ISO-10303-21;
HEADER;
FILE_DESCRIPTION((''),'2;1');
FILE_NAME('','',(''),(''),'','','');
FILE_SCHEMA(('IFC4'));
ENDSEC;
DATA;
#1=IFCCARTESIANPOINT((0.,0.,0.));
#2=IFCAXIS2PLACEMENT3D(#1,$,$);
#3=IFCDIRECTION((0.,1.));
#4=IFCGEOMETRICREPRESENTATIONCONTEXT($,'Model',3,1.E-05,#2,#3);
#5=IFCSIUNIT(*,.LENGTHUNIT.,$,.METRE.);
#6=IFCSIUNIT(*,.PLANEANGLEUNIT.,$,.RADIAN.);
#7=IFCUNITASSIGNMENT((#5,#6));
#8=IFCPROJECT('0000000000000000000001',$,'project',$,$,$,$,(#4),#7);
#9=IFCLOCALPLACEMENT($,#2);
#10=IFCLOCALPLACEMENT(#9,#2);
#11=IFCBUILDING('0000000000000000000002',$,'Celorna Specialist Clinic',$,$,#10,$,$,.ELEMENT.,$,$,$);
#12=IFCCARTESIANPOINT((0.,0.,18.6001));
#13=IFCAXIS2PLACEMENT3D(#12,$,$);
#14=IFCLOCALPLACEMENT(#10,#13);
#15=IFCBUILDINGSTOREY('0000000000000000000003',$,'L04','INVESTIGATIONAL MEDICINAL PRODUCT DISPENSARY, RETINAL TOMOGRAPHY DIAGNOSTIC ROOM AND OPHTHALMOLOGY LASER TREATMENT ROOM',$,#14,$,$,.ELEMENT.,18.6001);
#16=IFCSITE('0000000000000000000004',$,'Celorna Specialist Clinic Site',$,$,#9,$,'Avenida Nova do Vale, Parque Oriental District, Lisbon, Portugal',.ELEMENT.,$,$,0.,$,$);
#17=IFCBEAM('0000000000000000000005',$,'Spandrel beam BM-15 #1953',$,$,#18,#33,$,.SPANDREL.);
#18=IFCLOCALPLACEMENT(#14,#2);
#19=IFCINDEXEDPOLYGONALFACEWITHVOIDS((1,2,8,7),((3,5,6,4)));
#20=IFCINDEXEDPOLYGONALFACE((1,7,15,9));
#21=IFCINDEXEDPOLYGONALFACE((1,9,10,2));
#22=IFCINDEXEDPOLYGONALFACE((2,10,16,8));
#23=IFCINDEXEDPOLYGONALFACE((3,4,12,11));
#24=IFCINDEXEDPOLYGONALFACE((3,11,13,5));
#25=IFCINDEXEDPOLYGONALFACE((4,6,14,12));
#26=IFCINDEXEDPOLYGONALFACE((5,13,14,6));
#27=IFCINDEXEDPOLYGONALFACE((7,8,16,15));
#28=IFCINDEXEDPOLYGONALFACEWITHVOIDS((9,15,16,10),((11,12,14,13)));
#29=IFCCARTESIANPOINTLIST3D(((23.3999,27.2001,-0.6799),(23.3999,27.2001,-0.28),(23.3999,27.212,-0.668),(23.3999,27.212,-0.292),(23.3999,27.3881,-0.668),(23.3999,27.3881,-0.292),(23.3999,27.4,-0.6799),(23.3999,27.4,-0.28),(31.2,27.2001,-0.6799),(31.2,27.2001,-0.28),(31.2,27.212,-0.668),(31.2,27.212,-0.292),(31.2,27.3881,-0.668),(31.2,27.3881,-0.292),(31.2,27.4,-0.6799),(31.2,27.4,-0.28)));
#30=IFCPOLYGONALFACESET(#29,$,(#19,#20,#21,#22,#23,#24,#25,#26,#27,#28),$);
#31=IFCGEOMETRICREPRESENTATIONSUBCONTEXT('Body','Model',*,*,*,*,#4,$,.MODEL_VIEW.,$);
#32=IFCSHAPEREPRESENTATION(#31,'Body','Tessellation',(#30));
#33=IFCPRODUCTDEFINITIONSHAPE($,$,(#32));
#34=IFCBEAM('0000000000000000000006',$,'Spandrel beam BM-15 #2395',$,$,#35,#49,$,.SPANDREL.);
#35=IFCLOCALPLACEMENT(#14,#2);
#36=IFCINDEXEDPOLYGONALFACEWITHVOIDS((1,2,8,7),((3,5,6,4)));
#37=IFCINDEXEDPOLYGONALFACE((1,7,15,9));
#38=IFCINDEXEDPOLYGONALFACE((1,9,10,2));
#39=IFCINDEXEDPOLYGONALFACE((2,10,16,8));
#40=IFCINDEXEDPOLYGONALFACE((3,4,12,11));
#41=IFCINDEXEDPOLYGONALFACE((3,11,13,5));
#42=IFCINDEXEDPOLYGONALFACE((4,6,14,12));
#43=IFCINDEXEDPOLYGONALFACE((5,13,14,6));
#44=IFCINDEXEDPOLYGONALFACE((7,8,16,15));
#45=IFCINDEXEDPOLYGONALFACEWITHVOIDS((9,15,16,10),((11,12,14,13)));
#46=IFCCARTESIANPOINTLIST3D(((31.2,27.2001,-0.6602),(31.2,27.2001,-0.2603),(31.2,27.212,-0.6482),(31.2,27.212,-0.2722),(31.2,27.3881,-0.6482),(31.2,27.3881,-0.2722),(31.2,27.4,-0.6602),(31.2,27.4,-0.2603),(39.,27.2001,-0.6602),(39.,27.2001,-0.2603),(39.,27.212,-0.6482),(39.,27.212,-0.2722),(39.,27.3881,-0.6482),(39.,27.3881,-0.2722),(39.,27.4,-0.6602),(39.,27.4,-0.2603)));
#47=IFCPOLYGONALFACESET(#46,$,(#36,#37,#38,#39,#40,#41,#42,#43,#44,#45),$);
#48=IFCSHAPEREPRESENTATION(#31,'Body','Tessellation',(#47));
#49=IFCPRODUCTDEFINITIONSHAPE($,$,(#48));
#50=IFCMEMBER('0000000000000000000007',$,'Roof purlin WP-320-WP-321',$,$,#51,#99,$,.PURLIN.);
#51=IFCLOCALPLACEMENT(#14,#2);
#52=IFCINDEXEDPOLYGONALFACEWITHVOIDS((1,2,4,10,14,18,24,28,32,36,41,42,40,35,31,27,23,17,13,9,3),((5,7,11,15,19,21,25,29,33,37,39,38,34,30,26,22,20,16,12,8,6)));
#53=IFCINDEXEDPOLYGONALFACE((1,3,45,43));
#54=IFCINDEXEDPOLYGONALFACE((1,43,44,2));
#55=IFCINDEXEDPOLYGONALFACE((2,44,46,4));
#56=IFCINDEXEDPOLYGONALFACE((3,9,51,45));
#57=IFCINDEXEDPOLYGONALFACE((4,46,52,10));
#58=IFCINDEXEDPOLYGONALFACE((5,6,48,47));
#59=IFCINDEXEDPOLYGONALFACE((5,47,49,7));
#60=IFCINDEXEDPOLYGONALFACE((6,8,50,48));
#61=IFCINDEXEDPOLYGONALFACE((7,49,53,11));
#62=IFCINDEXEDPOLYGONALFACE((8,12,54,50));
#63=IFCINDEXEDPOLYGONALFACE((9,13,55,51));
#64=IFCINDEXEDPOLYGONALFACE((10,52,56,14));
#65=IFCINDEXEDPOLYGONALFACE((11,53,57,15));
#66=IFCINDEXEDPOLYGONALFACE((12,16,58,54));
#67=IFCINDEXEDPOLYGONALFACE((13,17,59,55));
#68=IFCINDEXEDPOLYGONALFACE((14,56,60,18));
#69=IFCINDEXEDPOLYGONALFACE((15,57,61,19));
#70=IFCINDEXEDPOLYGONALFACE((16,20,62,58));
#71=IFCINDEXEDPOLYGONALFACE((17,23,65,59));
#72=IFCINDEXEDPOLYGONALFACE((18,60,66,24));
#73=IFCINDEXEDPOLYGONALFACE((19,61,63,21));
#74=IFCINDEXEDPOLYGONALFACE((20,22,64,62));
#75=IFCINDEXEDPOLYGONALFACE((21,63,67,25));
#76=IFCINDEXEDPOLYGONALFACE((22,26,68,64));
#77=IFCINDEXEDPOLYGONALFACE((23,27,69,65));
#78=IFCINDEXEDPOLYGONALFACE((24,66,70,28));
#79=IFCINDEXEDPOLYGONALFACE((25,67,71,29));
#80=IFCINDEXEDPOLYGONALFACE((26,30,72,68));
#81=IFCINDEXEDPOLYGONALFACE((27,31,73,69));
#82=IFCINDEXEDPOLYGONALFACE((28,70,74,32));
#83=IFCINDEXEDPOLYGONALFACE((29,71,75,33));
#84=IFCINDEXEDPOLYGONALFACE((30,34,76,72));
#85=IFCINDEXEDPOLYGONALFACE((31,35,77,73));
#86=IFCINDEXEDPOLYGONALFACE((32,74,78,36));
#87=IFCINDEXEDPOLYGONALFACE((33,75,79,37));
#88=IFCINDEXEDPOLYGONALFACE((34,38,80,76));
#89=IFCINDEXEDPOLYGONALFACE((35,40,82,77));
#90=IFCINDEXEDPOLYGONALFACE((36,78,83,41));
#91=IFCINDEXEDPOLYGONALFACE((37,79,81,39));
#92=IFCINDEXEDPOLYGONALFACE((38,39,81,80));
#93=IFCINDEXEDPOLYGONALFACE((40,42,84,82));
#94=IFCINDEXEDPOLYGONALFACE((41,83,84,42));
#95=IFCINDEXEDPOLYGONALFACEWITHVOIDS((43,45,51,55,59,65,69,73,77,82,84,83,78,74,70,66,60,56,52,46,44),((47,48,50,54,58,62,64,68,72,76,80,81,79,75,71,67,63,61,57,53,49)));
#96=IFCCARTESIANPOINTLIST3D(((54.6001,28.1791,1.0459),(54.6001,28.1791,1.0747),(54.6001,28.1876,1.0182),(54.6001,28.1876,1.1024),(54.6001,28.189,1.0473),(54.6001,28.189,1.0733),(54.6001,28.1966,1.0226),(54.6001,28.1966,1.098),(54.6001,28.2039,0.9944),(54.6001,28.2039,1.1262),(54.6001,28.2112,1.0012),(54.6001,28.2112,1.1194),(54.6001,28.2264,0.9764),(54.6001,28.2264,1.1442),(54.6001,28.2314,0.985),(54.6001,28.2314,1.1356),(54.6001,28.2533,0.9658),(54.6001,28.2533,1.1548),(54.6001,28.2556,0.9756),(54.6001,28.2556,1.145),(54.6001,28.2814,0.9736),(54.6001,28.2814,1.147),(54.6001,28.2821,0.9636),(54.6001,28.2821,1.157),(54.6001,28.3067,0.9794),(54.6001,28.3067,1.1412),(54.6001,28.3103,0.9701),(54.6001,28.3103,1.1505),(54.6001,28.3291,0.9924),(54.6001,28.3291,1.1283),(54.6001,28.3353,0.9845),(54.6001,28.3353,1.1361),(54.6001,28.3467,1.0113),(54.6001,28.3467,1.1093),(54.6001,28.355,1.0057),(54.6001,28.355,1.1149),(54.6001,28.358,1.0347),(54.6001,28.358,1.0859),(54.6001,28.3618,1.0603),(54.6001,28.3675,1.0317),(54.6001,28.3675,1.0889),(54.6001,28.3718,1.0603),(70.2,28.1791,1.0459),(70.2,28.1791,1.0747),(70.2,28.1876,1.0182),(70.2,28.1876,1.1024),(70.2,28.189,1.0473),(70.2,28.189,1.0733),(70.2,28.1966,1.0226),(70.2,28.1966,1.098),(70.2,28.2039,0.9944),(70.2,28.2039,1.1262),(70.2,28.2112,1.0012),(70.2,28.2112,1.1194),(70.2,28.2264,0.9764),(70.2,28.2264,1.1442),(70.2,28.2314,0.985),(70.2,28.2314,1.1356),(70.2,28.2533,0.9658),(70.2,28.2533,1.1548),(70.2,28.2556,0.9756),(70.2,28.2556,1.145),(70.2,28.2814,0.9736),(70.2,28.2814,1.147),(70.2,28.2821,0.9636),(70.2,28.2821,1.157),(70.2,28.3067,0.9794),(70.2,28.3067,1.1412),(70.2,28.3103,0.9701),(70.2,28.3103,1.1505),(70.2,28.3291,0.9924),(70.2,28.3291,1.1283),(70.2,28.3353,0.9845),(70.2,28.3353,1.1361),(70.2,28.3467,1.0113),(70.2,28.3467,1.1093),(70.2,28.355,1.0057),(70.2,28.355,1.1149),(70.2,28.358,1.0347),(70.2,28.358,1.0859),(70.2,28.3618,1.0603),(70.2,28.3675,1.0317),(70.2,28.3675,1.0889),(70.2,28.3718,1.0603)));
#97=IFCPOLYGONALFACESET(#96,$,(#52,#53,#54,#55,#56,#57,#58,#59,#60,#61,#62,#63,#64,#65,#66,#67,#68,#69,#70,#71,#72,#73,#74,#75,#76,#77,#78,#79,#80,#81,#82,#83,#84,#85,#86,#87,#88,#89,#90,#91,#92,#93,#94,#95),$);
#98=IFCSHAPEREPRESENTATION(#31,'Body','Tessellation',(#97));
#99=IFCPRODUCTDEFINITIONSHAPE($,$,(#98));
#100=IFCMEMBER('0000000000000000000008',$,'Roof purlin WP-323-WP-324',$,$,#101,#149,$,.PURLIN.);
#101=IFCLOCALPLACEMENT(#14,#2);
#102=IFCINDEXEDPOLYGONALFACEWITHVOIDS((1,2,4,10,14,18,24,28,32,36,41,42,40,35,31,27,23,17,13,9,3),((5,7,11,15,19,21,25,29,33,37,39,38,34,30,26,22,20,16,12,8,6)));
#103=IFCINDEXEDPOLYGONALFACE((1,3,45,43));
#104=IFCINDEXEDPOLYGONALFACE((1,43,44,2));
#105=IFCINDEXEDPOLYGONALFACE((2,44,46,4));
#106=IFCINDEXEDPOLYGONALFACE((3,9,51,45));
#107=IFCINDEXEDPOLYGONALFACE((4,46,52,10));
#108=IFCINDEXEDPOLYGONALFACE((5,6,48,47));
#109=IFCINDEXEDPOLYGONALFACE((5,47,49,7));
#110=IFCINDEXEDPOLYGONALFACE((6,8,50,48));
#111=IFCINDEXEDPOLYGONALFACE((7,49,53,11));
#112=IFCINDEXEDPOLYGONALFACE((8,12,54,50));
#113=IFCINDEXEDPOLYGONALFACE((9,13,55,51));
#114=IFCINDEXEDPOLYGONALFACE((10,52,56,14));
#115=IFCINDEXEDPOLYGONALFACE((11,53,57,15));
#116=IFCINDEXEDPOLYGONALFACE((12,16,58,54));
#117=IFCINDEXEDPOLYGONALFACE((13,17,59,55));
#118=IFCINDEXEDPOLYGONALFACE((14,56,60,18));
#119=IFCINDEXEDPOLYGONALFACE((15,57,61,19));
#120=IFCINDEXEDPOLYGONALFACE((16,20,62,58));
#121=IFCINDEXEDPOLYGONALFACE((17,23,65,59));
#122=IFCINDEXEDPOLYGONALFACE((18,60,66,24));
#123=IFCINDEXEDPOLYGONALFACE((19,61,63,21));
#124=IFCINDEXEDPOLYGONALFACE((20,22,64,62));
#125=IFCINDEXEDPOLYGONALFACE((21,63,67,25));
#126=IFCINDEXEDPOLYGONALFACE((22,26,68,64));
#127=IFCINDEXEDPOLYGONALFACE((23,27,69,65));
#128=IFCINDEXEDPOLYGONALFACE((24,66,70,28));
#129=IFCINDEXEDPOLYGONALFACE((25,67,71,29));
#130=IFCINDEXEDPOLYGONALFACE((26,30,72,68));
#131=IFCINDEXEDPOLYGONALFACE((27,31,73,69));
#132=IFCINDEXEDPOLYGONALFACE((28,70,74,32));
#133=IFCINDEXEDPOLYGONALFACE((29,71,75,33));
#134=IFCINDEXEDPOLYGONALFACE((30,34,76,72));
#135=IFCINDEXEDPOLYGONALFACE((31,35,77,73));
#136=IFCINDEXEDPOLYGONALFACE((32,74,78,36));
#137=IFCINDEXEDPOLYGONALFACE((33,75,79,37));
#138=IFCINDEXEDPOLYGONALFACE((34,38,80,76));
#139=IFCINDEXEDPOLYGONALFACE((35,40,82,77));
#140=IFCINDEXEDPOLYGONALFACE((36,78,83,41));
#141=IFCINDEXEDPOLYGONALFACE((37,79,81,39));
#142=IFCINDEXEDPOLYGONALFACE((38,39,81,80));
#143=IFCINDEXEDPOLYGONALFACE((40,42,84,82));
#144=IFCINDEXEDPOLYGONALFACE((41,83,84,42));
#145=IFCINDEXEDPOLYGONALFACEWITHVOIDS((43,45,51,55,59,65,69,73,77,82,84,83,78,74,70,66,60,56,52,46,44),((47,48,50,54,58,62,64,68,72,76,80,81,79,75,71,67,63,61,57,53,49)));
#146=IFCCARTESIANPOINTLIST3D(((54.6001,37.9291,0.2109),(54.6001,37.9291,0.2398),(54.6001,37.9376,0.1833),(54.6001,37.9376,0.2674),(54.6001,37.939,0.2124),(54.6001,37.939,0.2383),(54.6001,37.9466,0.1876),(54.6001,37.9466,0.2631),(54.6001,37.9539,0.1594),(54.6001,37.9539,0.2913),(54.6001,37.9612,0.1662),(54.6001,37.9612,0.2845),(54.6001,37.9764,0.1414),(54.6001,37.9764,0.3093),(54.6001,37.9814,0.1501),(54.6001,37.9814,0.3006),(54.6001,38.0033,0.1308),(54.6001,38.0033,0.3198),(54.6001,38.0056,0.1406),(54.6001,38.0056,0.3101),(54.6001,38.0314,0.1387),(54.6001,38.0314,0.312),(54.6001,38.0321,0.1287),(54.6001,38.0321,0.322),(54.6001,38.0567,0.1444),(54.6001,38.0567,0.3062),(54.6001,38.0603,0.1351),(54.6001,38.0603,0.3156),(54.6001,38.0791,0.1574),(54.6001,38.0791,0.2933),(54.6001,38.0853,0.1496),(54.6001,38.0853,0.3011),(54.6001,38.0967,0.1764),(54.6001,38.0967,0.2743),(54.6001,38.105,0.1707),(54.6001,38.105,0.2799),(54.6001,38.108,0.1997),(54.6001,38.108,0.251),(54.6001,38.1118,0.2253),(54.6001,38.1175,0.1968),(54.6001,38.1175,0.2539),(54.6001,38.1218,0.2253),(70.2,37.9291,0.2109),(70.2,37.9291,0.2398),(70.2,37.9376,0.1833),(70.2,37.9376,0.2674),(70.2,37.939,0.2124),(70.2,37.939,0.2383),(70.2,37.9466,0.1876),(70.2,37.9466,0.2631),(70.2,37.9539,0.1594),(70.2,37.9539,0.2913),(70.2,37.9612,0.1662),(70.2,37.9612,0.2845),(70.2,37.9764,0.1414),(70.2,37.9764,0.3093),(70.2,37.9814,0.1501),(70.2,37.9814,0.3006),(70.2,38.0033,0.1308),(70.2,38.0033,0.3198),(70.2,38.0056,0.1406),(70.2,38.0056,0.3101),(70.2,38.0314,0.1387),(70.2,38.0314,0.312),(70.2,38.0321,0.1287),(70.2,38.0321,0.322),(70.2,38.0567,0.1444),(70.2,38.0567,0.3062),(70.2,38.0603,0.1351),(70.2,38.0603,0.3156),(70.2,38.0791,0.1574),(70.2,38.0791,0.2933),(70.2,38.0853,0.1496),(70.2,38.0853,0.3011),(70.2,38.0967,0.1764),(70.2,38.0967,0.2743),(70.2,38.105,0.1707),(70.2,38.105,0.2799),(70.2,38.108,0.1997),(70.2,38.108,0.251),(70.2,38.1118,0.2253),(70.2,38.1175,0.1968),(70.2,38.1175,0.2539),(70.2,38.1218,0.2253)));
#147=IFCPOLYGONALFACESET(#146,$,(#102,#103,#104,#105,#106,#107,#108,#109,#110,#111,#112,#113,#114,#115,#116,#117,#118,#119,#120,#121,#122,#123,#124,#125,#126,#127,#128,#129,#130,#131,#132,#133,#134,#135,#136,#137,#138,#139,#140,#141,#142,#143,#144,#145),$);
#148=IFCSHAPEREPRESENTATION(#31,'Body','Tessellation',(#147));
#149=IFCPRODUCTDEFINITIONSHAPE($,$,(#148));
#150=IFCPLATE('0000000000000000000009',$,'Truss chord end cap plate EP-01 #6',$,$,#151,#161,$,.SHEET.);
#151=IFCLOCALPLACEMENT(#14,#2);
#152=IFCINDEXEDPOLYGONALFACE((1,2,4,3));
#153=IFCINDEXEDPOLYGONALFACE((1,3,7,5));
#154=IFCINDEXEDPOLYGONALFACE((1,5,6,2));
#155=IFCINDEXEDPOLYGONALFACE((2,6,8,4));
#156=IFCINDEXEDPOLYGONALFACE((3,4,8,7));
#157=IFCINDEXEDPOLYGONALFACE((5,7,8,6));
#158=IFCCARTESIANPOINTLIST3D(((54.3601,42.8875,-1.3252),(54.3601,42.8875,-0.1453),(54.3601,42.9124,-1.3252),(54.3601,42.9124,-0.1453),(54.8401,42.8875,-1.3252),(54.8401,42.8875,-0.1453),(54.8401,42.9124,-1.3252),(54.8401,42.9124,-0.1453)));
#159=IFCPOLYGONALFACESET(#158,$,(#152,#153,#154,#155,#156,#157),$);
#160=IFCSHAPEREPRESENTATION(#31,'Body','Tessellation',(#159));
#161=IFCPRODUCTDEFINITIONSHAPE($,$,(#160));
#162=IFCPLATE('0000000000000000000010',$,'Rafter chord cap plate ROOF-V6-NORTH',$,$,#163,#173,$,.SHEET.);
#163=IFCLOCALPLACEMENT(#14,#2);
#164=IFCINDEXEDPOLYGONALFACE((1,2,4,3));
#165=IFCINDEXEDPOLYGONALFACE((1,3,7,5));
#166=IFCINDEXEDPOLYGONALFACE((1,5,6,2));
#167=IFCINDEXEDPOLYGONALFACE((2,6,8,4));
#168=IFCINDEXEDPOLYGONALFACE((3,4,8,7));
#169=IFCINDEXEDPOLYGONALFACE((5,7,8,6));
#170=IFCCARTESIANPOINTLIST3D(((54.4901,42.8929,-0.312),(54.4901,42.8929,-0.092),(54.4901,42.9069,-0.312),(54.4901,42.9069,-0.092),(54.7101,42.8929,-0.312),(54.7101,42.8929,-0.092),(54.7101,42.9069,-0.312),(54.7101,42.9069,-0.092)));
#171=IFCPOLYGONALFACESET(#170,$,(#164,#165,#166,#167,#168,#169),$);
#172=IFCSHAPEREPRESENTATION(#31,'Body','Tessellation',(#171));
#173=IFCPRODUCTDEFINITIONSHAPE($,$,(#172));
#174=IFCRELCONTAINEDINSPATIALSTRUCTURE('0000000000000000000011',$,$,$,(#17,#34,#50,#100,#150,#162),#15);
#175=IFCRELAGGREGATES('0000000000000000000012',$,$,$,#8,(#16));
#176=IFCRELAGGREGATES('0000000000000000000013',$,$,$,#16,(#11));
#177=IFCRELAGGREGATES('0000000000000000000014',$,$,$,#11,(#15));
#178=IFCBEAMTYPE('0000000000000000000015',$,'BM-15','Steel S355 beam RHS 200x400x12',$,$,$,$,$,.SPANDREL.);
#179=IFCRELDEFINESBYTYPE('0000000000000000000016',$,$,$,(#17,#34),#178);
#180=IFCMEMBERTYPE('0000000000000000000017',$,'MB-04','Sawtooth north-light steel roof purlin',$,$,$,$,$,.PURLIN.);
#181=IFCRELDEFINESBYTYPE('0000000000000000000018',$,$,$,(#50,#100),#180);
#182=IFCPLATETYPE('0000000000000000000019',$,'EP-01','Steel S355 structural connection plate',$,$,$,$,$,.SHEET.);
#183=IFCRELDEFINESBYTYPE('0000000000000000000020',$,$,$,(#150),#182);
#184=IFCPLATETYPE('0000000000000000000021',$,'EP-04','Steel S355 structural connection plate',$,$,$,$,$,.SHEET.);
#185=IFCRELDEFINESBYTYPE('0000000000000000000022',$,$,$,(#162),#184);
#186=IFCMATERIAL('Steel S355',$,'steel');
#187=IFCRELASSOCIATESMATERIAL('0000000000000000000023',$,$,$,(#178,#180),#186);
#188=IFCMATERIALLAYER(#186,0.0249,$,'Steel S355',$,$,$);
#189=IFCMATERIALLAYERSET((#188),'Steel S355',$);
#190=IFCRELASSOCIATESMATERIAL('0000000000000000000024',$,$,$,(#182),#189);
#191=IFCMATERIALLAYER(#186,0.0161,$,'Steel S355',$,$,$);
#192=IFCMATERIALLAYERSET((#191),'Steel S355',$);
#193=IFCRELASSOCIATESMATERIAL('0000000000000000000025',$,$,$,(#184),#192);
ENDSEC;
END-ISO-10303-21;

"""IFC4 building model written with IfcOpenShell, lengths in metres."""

from ifc_helpers import new_model, si_unit, direction, frame, origin, origin_2d, place, context, subcontext, project, spatial, rectangle, hollow_rectangle, hollow_circle, extrude, material, layer, layer_set, material_profile, profile_set, type_object, element, save


model = new_model("IFC4")

# Units and contexts
model_context = context("Model", 3, precision=1e-05, world=origin(), true_north=direction((0.0, 1.0)))
body_context = subcontext(model_context, "Body", "Model", "MODEL_VIEW")
ifc_project = project(units=[si_unit("LENGTHUNIT", "METRE"), si_unit("PLANEANGLEUNIT", "RADIAN")], contexts=[model_context])

# Site, building, storey
site_placement = place(None, origin())
site = spatial("IfcSite", under=ifc_project, at=site_placement, Name="Celorna Specialist Clinic Site", LongName="Avenida Nova do Vale, Parque Oriental District, Lisbon, Portugal", CompositionType="ELEMENT", RefElevation=0.0)
building_placement = place(site_placement, origin())
building = spatial("IfcBuilding", under=site, at=building_placement, Name="Celorna Specialist Clinic", CompositionType="ELEMENT")
storey_placement = place(building_placement, frame((0.0, 0.0, 18.6001)))
storey = spatial("IfcBuildingStorey", under=building, at=storey_placement, Name="L04", Description="INVESTIGATIONAL MEDICINAL PRODUCT DISPENSARY, RETINAL TOMOGRAPHY DIAGNOSTIC ROOM AND OPHTHALMOLOGY LASER TREATMENT ROOM", CompositionType="ELEMENT", Elevation=18.6001)

# Beams
ifc_material_1 = material(Name="Steel S355", Category="steel")
ifc_material_profile_1 = material_profile(ifc_material_1, hollow_rectangle(XDim=0.2, YDim=0.3999, WallThickness=0.012, at=origin_2d()), Name="RHS 200x400x12")
ifc_profile_set_1 = profile_set([ifc_material_profile_1], Name="Steel S355")
beam_type_1 = type_object("IfcBeamType", Name="BM-15", Description="Steel S355 beam RHS 200x400x12", PredefinedType="SPANDREL", material=ifc_profile_set_1)
for number, where, z_axis, x_axis, name in (
    (1, (23.3999, 27.3, -0.48), (1.0, 0.0, 0.0), (0.0, 1.0, 0.0), "Spandrel beam BM-15 #1953"),
    (2, (31.2, 27.3, -0.4602), (1.0, 0.0, 0.0), (0.0, 1.0, 0.0), "Spandrel beam BM-15 #2395"),
):
    element("IfcBeam", number, at=place(storey_placement, frame(where, z_axis=z_axis, x_axis=x_axis)), inside=storey, type_object=beam_type_1, Name=name, PredefinedType="SPANDREL", context=body_context, shape_type="SweptSolid", body=[
        extrude(hollow_rectangle(XDim=0.2, YDim=0.3999, WallThickness=0.012, at=origin_2d()), origin(), (0.0, 0.0, 1.0), 7.8),
    ])

# Members
ifc_material_profile_2 = material_profile(ifc_material_1, hollow_circle(Radius=0.0969, WallThickness=0.01, at=origin_2d()), Name="CHS 193.7x10")
ifc_profile_set_2 = profile_set([ifc_material_profile_2], Name="Steel S355")
member_type = type_object("IfcMemberType", Name="MB-04", Description="Sawtooth north-light steel roof purlin", PredefinedType="PURLIN", material=ifc_profile_set_2)
for number, where, z_axis, x_axis, name in (
    (3, (54.6001, 28.2749, 1.0603), (1.0, 0.0, 0.0), (0.0, 1.0, 0.0), "Roof purlin WP-320-WP-321"),
    (4, (54.6001, 38.0249, 0.2253), (1.0, 0.0, 0.0), (0.0, 1.0, 0.0), "Roof purlin WP-323-WP-324"),
):
    element("IfcMember", number, at=place(storey_placement, frame(where, z_axis=z_axis, x_axis=x_axis)), inside=storey, type_object=member_type, Name=name, PredefinedType="PURLIN", context=body_context, shape_type="SweptSolid", body=[
        extrude(hollow_circle(Radius=0.0969, WallThickness=0.01, at=origin_2d()), origin(), (0.0, 0.0, 1.0), 15.5999),
    ])

# Plates
ifc_layer_1 = layer(ifc_material_1, 0.0249, Name="Steel S355")
ifc_layer_set_1 = layer_set([ifc_layer_1], Name="Steel S355")
plate_type_1 = type_object("IfcPlateType", Name="EP-01", Description="Steel S355 structural connection plate", PredefinedType="SHEET", material=ifc_layer_set_1)
plate_1_placement = place(storey_placement, frame((54.6001, 42.8999, -1.3252), z_axis=(0.0, 0.0, 1.0), x_axis=(1.0, 0.0, 0.0)))
element("IfcPlate", 5, at=plate_1_placement, inside=storey, type_object=plate_type_1, Name="Truss chord end cap plate EP-01 #6", PredefinedType="SHEET", context=body_context, shape_type="SweptSolid", body=[
    extrude(rectangle(XDim=0.48, YDim=0.0249, at=origin_2d()), origin(), (0.0, 0.0, 1.0), 1.1799),
])
ifc_layer_2 = layer(ifc_material_1, 0.0161, Name="Steel S355")
ifc_layer_set_2 = layer_set([ifc_layer_2], Name="Steel S355")
plate_type_2 = type_object("IfcPlateType", Name="EP-04", Description="Steel S355 structural connection plate", PredefinedType="SHEET", material=ifc_layer_set_2)
plate_2_placement = place(storey_placement, frame((54.6001, 42.8999, -0.312), z_axis=(0.0, 0.0, 1.0), x_axis=(1.0, 0.0, 0.0)))
element("IfcPlate", 6, at=plate_2_placement, inside=storey, type_object=plate_type_2, Name="Rafter chord cap plate ROOF-V6-NORTH", PredefinedType="SHEET", context=body_context, shape_type="SweptSolid", body=[
    extrude(rectangle(XDim=0.22, YDim=0.0139, at=origin_2d()), origin(), (0.0, 0.0, 1.0), 0.22),
])

save(model, "model.ifc")
